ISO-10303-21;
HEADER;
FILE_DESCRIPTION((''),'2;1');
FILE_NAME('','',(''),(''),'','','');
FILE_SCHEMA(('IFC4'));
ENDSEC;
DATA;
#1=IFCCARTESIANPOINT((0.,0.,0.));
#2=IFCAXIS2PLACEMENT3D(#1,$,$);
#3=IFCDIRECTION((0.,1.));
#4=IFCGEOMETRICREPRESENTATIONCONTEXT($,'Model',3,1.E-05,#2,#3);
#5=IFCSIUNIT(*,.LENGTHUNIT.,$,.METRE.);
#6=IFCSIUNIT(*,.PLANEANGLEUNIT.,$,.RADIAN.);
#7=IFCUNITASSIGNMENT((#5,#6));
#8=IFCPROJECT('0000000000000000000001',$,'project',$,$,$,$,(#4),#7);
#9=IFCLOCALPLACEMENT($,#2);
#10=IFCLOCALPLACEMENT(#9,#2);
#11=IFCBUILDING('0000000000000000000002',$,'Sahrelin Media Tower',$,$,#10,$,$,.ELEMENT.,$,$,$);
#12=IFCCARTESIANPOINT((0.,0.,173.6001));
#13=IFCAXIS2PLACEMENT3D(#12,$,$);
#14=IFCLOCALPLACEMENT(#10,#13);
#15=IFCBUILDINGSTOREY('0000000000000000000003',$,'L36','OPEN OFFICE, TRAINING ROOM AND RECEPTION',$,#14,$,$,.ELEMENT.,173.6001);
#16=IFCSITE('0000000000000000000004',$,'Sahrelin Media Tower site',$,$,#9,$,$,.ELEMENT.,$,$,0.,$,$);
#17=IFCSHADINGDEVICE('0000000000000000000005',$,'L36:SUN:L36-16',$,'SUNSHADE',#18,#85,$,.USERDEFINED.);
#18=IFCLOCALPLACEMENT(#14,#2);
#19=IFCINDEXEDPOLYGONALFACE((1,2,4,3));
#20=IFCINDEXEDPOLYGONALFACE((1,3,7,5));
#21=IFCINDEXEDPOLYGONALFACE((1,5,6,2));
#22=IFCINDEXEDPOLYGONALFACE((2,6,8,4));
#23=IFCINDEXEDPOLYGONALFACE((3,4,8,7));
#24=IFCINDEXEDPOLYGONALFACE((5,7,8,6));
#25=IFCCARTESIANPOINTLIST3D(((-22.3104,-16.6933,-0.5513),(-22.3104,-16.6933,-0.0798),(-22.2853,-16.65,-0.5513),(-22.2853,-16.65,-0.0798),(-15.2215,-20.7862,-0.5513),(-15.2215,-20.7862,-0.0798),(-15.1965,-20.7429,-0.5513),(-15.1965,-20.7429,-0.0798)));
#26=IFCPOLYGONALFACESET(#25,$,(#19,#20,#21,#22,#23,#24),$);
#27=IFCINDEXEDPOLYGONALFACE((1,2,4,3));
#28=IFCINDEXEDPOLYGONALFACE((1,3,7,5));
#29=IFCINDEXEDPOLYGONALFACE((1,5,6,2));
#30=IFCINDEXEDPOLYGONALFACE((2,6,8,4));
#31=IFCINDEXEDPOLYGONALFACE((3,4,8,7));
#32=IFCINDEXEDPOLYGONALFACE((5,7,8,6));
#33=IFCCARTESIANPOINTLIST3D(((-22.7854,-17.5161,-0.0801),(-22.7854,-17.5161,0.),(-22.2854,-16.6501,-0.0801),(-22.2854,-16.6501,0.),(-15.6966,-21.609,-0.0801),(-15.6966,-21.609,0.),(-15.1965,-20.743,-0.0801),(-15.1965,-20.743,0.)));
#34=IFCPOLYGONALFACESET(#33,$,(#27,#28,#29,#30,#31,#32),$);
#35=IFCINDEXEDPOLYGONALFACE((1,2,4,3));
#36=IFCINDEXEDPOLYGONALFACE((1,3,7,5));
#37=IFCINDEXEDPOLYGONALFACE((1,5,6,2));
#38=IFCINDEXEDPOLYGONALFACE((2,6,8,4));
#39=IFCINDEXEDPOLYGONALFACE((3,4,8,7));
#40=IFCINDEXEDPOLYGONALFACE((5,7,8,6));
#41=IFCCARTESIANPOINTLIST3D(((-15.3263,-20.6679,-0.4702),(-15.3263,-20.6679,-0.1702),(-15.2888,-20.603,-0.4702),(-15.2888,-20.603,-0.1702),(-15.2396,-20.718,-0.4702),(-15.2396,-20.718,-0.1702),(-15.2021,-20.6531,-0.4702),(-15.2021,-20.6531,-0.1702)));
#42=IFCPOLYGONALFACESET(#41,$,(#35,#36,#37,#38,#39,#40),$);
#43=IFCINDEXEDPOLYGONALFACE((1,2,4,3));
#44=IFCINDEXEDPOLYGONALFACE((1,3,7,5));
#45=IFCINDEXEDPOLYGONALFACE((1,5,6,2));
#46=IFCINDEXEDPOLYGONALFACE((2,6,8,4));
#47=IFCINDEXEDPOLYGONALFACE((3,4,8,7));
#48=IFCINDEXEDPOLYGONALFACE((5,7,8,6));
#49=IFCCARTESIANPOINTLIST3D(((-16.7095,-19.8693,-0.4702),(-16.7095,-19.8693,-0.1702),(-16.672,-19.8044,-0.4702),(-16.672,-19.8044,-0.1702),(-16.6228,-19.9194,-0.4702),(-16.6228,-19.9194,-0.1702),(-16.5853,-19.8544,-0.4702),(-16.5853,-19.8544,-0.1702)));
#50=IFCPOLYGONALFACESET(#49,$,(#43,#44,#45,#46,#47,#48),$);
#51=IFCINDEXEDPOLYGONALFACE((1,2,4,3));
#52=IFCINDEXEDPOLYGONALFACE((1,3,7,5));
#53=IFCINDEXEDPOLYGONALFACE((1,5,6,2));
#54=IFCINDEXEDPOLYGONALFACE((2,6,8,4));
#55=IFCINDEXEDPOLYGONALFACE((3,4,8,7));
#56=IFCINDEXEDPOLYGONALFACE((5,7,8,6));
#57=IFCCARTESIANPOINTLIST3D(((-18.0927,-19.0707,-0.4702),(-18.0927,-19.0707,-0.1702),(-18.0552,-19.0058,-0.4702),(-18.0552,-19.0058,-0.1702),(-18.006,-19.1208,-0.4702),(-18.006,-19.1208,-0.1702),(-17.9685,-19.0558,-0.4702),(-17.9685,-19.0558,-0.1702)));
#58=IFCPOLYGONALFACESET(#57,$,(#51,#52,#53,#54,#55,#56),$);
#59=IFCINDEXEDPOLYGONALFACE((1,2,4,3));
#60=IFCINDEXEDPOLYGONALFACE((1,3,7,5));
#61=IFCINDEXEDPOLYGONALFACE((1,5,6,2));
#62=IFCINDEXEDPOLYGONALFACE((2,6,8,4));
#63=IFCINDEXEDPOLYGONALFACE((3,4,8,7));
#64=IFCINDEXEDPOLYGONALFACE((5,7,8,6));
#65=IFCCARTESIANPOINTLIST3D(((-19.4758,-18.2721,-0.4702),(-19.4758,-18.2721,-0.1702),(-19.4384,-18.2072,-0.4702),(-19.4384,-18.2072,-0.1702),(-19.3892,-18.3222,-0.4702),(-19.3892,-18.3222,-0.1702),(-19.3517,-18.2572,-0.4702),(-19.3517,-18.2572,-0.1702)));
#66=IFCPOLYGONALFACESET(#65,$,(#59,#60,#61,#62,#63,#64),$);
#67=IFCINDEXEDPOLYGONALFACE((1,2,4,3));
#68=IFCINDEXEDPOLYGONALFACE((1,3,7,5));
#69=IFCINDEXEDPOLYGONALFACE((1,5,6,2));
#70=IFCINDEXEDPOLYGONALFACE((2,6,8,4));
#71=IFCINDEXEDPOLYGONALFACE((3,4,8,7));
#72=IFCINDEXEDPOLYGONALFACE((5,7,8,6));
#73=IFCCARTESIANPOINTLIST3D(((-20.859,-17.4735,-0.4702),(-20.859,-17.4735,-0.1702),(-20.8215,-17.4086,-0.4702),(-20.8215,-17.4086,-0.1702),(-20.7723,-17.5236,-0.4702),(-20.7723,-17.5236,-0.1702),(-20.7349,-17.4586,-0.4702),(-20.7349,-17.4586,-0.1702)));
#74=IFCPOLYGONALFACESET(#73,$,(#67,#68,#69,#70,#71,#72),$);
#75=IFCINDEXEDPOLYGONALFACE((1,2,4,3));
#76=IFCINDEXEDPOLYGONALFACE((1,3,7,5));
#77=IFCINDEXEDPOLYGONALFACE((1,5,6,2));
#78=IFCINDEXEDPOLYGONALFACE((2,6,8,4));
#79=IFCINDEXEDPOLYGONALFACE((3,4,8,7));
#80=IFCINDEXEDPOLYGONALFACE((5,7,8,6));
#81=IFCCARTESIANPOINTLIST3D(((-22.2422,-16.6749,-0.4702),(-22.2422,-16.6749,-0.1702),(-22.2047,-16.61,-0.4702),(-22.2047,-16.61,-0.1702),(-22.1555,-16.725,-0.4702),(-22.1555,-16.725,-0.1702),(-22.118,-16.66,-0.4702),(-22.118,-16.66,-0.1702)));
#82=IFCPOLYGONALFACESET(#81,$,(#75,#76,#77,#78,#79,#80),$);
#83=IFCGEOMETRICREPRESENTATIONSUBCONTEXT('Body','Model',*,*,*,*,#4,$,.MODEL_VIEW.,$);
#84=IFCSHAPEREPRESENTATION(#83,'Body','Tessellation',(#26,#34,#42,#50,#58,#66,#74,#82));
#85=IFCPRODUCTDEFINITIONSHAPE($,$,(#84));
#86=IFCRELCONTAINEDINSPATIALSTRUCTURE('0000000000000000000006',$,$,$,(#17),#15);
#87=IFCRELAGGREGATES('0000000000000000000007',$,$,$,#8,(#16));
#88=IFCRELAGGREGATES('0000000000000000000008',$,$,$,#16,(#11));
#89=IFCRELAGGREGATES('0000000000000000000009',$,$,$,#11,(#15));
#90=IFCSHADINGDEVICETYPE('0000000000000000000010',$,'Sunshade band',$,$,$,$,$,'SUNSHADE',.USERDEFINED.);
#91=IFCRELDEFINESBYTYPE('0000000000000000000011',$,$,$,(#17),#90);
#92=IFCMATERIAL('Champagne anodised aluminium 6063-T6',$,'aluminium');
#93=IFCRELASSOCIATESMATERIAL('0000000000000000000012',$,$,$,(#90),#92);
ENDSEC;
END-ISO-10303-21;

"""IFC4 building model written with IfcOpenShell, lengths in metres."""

from ifc_helpers import new_model, si_unit, direction, frame, origin, origin_2d, place, context, subcontext, project, spatial, rectangle, extrude, material, type_object, element, save


model = new_model("IFC4")

# Units and contexts
model_context = context("Model", 3, precision=1e-05, world=origin(), true_north=direction((0.0, 1.0)))
body_context = subcontext(model_context, "Body", "Model", "MODEL_VIEW")
ifc_project = project(units=[si_unit("LENGTHUNIT", "METRE"), si_unit("PLANEANGLEUNIT", "RADIAN")], contexts=[model_context])

# Site, building, storey
site_placement = place(None, origin())
site = spatial("IfcSite", under=ifc_project, at=site_placement, Name="Sahrelin Media Tower site", CompositionType="ELEMENT", RefElevation=0.0)
building_placement = place(site_placement, origin())
building = spatial("IfcBuilding", under=site, at=building_placement, Name="Sahrelin Media Tower", CompositionType="ELEMENT")
storey_placement = place(building_placement, frame((0.0, 0.0, 173.6001)))
storey = spatial("IfcBuildingStorey", under=building, at=storey_placement, Name="L36", Description="OPEN OFFICE, TRAINING ROOM AND RECEPTION", CompositionType="ELEMENT", Elevation=173.6001)

# Shared definitions
ifc_material_1 = material(Name="Champagne anodised aluminium 6063-T6", Category="aluminium")

# Shading device
placement_1 = place(storey_placement, frame((-18.731, -18.6792, 0.0), z_axis=(0.0, 0.0, 1.0), x_axis=(-0.866019, 0.500011, 0.0)))
shading_device_type_1 = type_object("IfcShadingDeviceType", Name="Sunshade band", ElementType="SUNSHADE", PredefinedType="USERDEFINED", material=ifc_material_1)
element("IfcShadingDevice", 1, at=placement_1, inside=storey, type_object=shading_device_type_1, Name="L36:SUN:L36-16", ObjectType="SUNSHADE", PredefinedType="USERDEFINED", context=body_context, shape_type="SweptSolid", body=[
    extrude(rectangle(XDim=8.1855, YDim=0.05, at=origin_2d()), frame((0.0, 0.0449, -0.5513)), (0.0, 0.0, 1.0), 0.4714),
    extrude(rectangle(XDim=8.1855, YDim=1.0, at=origin_2d()), frame((0.0, 0.52, -0.0801)), (0.0, 0.0, 1.0), 0.0801),
    extrude(rectangle(XDim=0.1001, YDim=0.075, at=origin_2d()), frame((-3.9929, -0.0176, -0.4702)), (0.0, 0.0, 1.0), 0.3),
    extrude(rectangle(XDim=0.1001, YDim=0.075, at=origin_2d()), frame((-2.3958, -0.0176, -0.4702)), (0.0, 0.0, 1.0), 0.3),
    extrude(rectangle(XDim=0.1001, YDim=0.075, at=origin_2d()), frame((-0.7986, -0.0176, -0.4702)), (0.0, 0.0, 1.0), 0.3),
    extrude(rectangle(XDim=0.1001, YDim=0.075, at=origin_2d()), frame((0.7986, -0.0176, -0.4702)), (0.0, 0.0, 1.0), 0.3),
    extrude(rectangle(XDim=0.1001, YDim=0.075, at=origin_2d()), frame((2.3958, -0.0176, -0.4702)), (0.0, 0.0, 1.0), 0.3),
    extrude(rectangle(XDim=0.1001, YDim=0.075, at=origin_2d()), frame((3.9929, -0.0176, -0.4702)), (0.0, 0.0, 1.0), 0.3),
])

save(model, "model.ifc")
